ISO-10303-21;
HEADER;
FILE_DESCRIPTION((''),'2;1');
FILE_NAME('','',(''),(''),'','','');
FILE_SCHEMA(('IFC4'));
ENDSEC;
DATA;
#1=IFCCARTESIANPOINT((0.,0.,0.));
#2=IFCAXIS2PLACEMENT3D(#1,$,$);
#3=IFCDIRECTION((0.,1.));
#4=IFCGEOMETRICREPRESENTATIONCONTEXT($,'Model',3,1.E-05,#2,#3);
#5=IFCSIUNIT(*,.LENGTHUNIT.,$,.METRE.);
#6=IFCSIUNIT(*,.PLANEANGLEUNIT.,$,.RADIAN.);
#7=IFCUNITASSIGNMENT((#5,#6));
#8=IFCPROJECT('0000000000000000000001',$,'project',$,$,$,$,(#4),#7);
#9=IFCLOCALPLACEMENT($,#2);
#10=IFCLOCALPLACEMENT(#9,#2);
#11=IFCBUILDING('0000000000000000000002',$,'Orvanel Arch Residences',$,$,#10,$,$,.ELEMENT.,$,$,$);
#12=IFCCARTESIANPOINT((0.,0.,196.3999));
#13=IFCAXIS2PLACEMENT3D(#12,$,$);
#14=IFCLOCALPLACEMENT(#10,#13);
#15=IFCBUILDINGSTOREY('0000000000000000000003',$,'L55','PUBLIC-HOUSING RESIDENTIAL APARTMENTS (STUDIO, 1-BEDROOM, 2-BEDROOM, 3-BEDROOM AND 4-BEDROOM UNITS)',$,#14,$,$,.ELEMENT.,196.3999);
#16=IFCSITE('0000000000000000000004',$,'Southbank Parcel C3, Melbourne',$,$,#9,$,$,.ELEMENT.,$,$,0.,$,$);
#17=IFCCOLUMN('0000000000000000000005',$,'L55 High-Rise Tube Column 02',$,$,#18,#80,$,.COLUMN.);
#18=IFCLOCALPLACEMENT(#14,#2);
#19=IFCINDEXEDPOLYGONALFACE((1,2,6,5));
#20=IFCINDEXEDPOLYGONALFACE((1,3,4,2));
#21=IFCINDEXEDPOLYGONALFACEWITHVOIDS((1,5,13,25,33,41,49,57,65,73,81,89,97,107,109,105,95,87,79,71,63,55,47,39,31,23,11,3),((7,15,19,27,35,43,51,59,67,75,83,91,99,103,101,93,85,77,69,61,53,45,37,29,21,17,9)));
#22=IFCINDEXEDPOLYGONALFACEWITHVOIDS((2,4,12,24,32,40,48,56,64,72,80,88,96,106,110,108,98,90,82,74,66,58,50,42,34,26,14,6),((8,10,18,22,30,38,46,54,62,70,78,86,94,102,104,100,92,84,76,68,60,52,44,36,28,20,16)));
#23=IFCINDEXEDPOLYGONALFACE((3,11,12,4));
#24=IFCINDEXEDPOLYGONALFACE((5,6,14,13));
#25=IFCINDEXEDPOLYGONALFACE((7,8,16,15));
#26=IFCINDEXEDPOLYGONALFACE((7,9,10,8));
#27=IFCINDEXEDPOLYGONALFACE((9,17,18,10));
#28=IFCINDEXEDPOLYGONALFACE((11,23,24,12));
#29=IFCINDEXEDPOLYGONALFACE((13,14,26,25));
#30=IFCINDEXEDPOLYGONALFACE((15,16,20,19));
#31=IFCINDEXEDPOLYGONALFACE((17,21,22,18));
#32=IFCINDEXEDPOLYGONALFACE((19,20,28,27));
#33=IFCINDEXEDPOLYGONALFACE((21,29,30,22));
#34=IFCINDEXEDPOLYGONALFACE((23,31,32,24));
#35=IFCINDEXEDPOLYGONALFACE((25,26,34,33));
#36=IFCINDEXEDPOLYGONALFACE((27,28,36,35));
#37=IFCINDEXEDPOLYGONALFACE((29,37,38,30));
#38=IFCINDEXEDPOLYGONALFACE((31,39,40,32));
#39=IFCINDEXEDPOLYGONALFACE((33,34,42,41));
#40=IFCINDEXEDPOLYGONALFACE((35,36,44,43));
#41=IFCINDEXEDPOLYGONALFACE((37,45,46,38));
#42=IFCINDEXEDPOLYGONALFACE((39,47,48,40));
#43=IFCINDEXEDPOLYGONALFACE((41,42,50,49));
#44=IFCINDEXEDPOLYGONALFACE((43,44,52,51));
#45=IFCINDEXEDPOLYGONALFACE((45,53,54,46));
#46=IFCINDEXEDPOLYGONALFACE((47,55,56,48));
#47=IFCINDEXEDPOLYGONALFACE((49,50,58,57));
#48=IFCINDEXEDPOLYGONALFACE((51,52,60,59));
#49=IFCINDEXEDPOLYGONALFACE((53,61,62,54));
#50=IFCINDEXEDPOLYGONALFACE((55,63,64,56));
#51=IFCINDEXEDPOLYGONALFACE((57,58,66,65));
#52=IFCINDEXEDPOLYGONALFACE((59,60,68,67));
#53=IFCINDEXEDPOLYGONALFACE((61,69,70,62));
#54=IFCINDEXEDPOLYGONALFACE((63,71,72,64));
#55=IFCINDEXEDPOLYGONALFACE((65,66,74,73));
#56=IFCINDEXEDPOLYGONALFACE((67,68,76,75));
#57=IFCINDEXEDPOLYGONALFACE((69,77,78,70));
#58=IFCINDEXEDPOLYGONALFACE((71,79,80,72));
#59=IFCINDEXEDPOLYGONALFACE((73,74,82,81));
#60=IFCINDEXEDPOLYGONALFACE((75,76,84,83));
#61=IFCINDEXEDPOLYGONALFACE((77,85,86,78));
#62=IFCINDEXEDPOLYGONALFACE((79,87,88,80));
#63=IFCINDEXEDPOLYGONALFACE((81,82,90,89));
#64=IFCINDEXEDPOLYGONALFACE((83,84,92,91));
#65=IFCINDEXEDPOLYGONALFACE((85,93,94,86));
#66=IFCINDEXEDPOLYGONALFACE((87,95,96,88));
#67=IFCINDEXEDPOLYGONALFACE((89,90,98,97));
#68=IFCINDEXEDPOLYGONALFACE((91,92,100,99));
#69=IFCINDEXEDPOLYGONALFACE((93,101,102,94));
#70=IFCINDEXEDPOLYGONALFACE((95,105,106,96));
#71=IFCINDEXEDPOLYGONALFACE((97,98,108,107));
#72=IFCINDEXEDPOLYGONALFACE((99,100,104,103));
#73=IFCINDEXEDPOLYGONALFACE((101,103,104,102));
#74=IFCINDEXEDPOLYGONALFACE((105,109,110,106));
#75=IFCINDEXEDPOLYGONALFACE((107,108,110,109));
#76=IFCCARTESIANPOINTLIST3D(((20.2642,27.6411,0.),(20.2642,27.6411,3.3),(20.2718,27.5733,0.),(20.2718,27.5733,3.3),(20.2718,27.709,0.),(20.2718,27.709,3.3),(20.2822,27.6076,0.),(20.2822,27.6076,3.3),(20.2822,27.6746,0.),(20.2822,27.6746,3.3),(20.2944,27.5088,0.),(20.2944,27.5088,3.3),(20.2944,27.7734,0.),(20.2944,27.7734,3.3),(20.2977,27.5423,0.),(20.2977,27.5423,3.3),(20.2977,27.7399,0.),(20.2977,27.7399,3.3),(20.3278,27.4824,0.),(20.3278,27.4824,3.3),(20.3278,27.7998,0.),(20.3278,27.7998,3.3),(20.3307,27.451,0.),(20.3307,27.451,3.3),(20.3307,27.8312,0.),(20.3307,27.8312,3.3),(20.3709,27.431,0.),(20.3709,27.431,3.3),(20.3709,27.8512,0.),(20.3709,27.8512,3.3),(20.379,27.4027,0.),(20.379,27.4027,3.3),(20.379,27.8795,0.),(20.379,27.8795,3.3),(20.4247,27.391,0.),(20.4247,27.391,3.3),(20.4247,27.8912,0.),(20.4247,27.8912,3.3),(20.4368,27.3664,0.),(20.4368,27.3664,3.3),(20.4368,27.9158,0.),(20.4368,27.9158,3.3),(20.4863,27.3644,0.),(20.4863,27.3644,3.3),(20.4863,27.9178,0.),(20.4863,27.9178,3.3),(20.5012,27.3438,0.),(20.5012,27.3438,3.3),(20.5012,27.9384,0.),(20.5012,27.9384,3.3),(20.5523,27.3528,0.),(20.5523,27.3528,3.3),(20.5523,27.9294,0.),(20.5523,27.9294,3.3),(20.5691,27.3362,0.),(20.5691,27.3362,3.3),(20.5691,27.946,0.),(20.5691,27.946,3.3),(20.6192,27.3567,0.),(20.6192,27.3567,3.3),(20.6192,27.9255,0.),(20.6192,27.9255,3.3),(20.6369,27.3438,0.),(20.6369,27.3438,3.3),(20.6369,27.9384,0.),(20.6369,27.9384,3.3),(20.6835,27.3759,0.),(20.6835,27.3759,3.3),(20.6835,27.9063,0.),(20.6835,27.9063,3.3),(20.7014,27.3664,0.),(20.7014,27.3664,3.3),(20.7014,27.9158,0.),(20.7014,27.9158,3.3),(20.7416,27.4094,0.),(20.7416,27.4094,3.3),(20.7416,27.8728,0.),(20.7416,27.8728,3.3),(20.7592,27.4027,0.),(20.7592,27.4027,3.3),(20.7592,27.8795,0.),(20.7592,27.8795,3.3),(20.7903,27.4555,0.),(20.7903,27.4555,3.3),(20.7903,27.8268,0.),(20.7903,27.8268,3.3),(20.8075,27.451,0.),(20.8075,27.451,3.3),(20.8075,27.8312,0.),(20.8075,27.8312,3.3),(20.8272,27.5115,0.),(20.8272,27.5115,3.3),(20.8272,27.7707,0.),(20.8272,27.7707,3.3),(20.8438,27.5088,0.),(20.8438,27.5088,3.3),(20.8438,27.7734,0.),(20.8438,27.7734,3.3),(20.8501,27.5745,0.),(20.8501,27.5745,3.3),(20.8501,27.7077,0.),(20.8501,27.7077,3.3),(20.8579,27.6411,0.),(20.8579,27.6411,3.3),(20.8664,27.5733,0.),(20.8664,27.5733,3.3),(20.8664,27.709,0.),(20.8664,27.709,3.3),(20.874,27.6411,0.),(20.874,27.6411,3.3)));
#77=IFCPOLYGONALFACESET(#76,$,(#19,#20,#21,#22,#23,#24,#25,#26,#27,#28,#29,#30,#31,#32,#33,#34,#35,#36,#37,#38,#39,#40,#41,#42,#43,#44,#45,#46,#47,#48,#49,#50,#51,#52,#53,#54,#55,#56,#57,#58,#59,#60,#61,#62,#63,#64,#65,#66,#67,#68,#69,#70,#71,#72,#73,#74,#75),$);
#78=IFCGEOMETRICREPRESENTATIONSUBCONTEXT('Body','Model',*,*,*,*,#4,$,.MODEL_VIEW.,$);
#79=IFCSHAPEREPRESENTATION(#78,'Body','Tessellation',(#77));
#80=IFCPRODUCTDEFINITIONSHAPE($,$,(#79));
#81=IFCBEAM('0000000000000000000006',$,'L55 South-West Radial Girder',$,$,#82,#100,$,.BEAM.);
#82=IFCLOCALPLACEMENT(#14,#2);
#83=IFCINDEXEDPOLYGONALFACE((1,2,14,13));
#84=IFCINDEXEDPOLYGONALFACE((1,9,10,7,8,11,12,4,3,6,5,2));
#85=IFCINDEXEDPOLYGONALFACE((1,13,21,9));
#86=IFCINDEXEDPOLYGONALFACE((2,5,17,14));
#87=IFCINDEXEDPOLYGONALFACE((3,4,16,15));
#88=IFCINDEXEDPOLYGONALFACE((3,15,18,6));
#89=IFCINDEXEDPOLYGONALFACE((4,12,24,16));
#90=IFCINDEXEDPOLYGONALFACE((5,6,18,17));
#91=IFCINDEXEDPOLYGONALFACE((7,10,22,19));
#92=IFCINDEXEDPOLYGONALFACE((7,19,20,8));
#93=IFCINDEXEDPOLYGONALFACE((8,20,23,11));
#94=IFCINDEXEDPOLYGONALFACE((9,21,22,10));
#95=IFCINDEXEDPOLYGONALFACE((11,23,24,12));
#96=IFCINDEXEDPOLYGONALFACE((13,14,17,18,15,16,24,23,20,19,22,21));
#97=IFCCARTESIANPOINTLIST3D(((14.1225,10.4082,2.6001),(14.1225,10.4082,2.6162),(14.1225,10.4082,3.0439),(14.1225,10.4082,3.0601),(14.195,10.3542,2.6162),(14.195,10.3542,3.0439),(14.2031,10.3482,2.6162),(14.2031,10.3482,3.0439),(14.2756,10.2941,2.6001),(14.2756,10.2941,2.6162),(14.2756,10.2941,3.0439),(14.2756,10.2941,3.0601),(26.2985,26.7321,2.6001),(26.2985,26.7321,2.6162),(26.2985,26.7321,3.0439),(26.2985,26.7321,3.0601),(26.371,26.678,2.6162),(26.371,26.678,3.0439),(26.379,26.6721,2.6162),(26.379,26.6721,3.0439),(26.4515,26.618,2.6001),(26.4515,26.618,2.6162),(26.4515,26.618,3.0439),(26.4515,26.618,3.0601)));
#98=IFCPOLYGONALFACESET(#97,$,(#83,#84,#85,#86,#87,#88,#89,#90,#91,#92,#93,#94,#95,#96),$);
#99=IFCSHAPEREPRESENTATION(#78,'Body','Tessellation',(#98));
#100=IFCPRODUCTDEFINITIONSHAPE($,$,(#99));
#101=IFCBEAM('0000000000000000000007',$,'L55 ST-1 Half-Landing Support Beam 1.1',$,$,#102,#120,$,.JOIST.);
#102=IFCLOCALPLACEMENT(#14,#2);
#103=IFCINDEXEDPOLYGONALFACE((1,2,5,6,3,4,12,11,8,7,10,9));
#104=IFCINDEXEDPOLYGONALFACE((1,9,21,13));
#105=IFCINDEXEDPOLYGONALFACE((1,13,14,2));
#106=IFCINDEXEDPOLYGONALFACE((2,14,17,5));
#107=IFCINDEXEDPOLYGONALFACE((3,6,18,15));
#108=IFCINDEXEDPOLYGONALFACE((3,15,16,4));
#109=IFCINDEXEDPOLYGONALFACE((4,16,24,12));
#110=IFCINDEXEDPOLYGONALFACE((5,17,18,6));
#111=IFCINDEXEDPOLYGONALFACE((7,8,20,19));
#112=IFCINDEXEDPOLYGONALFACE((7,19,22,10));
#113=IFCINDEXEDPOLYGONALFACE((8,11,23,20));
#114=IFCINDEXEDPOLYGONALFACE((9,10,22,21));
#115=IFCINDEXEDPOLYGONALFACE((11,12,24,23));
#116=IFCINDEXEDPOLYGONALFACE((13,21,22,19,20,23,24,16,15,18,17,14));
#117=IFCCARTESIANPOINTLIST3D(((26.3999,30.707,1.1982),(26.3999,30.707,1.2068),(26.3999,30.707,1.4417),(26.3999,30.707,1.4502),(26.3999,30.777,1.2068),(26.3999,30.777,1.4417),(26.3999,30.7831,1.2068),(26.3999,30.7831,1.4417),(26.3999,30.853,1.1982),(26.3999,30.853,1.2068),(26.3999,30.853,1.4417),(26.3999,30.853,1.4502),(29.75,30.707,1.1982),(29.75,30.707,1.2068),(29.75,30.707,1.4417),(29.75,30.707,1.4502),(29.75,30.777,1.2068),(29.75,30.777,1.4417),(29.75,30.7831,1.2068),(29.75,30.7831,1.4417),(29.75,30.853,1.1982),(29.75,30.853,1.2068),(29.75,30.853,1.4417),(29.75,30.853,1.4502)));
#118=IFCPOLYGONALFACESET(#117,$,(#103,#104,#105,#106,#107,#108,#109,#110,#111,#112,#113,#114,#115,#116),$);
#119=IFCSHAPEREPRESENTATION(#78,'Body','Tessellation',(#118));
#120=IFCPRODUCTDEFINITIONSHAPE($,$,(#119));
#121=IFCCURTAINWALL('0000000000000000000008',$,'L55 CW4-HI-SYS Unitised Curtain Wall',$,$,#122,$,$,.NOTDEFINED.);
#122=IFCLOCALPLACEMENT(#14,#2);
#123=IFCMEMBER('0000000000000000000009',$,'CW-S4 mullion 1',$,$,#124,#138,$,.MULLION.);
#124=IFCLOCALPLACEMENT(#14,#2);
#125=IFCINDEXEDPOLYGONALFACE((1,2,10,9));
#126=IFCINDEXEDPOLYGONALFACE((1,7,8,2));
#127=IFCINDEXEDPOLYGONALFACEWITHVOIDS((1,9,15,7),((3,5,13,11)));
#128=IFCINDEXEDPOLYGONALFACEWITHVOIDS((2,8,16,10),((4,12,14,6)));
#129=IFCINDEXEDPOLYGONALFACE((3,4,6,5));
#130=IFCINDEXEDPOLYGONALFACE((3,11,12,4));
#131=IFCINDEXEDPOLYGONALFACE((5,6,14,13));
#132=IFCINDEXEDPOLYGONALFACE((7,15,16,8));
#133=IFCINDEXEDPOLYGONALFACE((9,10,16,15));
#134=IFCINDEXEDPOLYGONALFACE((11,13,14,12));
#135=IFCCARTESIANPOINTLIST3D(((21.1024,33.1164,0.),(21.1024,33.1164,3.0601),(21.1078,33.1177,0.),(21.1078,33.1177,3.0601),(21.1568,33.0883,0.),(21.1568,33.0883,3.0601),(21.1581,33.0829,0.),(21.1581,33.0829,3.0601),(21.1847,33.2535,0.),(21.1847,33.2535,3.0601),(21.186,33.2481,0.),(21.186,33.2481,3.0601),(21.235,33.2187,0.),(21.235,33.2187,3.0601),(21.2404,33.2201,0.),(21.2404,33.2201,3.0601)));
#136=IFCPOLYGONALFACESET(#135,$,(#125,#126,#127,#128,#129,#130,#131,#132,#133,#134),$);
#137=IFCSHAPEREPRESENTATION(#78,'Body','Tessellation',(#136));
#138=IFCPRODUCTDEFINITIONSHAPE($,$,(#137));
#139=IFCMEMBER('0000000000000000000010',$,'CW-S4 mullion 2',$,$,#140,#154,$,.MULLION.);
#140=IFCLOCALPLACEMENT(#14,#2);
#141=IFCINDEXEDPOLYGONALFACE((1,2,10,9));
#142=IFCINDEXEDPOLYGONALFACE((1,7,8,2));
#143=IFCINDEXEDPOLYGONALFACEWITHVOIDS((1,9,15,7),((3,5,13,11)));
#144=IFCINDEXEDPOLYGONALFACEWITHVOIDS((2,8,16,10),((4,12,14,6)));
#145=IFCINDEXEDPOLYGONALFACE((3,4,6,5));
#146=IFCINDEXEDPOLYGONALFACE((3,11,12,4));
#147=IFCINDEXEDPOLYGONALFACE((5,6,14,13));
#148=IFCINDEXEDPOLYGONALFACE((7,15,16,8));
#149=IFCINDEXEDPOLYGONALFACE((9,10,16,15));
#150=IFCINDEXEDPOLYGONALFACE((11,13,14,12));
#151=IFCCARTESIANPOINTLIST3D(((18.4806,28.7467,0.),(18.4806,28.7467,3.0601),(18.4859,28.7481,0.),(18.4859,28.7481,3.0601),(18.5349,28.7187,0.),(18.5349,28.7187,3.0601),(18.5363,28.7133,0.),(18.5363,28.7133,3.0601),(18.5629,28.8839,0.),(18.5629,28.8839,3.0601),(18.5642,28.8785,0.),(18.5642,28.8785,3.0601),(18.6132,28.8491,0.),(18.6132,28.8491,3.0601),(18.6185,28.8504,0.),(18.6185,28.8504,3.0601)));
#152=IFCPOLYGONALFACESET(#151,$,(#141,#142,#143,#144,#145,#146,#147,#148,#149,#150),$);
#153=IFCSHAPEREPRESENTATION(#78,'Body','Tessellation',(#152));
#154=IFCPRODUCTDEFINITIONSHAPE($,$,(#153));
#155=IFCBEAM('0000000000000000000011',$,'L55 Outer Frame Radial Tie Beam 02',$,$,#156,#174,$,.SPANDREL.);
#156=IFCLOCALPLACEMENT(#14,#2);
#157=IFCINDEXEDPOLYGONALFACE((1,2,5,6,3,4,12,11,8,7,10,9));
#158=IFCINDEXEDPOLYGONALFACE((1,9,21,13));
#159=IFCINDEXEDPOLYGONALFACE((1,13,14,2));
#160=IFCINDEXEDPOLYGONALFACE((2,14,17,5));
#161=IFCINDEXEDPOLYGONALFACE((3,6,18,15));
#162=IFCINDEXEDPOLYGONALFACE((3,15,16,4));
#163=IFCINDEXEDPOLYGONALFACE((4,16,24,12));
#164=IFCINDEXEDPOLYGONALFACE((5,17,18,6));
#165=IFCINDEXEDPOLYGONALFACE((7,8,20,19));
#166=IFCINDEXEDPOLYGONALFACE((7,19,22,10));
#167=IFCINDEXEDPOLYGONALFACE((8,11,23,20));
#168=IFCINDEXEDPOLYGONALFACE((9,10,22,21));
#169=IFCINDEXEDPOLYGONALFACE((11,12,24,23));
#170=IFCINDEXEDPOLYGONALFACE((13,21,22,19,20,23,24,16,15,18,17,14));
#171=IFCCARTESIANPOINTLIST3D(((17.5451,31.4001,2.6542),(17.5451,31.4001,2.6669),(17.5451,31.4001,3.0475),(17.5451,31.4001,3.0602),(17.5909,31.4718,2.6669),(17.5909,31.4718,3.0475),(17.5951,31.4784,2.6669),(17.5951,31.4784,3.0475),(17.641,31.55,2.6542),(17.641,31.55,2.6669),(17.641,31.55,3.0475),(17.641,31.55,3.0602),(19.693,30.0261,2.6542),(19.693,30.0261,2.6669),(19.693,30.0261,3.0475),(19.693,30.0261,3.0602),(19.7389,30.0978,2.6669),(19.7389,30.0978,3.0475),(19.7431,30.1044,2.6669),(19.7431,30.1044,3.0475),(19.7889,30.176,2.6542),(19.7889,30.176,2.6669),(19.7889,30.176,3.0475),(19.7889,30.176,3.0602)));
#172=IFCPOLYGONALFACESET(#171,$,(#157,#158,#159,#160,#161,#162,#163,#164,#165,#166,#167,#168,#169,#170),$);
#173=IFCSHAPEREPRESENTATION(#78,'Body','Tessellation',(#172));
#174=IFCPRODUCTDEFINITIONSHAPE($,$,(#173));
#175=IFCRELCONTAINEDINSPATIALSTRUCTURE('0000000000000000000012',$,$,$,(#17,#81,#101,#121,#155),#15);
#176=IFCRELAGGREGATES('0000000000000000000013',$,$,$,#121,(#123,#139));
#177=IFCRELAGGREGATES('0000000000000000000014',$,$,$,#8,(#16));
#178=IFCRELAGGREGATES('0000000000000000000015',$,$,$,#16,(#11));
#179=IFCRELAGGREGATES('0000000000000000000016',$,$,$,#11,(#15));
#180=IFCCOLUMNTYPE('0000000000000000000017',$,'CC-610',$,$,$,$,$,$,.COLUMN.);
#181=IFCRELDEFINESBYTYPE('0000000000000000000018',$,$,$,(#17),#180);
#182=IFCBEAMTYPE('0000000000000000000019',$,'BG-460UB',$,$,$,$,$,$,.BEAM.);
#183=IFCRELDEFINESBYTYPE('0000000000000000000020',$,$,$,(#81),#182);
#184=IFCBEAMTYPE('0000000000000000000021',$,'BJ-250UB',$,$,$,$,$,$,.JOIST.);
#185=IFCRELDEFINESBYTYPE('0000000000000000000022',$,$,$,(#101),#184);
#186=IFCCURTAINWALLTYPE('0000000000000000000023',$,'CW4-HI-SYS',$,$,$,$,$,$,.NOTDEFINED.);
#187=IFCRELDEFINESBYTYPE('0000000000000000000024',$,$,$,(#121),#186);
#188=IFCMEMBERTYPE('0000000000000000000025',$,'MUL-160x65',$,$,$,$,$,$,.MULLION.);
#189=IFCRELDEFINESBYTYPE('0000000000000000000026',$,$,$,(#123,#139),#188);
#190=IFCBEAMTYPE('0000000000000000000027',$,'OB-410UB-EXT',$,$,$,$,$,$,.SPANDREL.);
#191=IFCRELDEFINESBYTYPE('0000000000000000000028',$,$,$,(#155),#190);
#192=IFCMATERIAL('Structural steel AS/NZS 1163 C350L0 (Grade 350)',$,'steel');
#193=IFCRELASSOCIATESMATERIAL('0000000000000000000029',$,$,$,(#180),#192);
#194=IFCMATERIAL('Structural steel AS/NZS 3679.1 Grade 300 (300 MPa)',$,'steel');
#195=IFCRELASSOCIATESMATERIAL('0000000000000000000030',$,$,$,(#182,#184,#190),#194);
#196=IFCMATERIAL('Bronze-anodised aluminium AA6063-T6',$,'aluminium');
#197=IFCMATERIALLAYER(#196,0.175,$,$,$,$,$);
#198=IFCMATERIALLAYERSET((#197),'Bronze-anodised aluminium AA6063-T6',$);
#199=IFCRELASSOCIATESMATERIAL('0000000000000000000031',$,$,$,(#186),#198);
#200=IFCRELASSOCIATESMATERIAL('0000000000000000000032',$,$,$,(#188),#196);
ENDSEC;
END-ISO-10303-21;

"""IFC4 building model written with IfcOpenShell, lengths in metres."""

from ifc_helpers import new_model, si_unit, direction, frame, origin, origin_2d, place, context, subcontext, project, spatial, hollow_rectangle, hollow_circle, i_section, extrude, material, layer, layer_set, material_profile, profile_set, type_object, element, aggregate, save


model = new_model("IFC4")

# Units and contexts
model_context = context("Model", 3, precision=1e-05, world=origin(), true_north=direction((0.0, 1.0)))
body_context = subcontext(model_context, "Body", "Model", "MODEL_VIEW")
ifc_project = project(units=[si_unit("LENGTHUNIT", "METRE"), si_unit("PLANEANGLEUNIT", "RADIAN")], contexts=[model_context])

# Site, building, storey
site_placement = place(None, origin())
site = spatial("IfcSite", under=ifc_project, at=site_placement, Name="Southbank Parcel C3, Melbourne", CompositionType="ELEMENT", RefElevation=0.0)
building_placement = place(site_placement, origin())
building = spatial("IfcBuilding", under=site, at=building_placement, Name="Orvanel Arch Residences", CompositionType="ELEMENT")
storey_placement = place(building_placement, frame((0.0, 0.0, 196.3999)))
storey = spatial("IfcBuildingStorey", under=building, at=storey_placement, Name="L55", Description="PUBLIC-HOUSING RESIDENTIAL APARTMENTS (STUDIO, 1-BEDROOM, 2-BEDROOM, 3-BEDROOM AND 4-BEDROOM UNITS)", CompositionType="ELEMENT", Elevation=196.3999)

# Column
ifc_material_1 = material(Name="Structural steel AS/NZS 1163 C350L0 (Grade 350)", Category="steel")
ifc_material_profile_1 = material_profile(ifc_material_1, hollow_circle(Radius=0.3049, WallThickness=0.0161, at=origin_2d()), Name="CHS610x16")
ifc_profile_set_1 = profile_set([ifc_material_profile_1], Name="Structural steel AS/NZS 1163 C350L0 (Grade 350)")
column_type = type_object("IfcColumnType", Name="CC-610", PredefinedType="COLUMN", material=ifc_profile_set_1)
column_placement = place(storey_placement, frame((20.5691, 27.6411, 0.0), z_axis=(0.0, 0.0, 1.0), x_axis=(1.0, 0.0, 0.0)))
element("IfcColumn", 1, at=column_placement, inside=storey, type_object=column_type, Name="L55 High-Rise Tube Column 02", PredefinedType="COLUMN", context=body_context, shape_type="SweptSolid", body=[
    extrude(hollow_circle(Radius=0.3049, WallThickness=0.0161, at=origin_2d()), origin(), (0.0, 0.0, 1.0), 3.3),
])

# Beams
ifc_material_2 = material(Name="Structural steel AS/NZS 3679.1 Grade 300 (300 MPa)", Category="steel")
ifc_material_profile_2 = material_profile(ifc_material_2, i_section(OverallWidth=0.1909, OverallDepth=0.46, WebThickness=0.01, FlangeThickness=0.0161, at=origin_2d()), Name="460UB82.1")
ifc_profile_set_2 = profile_set([ifc_material_profile_2], Name="Structural steel AS/NZS 3679.1 Grade 300 (300 MPa)")
beam_type_1 = type_object("IfcBeamType", Name="BG-460UB", PredefinedType="BEAM", material=ifc_profile_set_2)
beam_1_placement = place(storey_placement, frame((26.375, 26.675, 2.8301), z_axis=(-0.597894, -0.801575, 0.0), x_axis=(0.801575, -0.597894, 0.0)))
element("IfcBeam", 2, at=beam_1_placement, inside=storey, type_object=beam_type_1, Name="L55 South-West Radial Girder", PredefinedType="BEAM", context=body_context, shape_type="SweptSolid", body=[
    extrude(i_section(OverallWidth=0.1909, OverallDepth=0.46, WebThickness=0.01, FlangeThickness=0.0161, at=origin_2d()), origin(), (0.0, 0.0, 1.0), 20.3647),
])
ifc_material_profile_3 = material_profile(ifc_material_2, i_section(OverallWidth=0.146, OverallDepth=0.252, WebThickness=0.0061, FlangeThickness=0.0085, at=origin_2d()), Name="250UB31.4")
ifc_profile_set_3 = profile_set([ifc_material_profile_3], Name="Structural steel AS/NZS 3679.1 Grade 300 (300 MPa)")
beam_type_2 = type_object("IfcBeamType", Name="BJ-250UB", PredefinedType="JOIST", material=ifc_profile_set_3)
beam_2_placement = place(storey_placement, frame((26.3999, 30.78, 1.3242), z_axis=(1.0, 0.0, 0.0), x_axis=(0.0, 1.0, 0.0)))
element("IfcBeam", 3, at=beam_2_placement, inside=storey, type_object=beam_type_2, Name="L55 ST-1 Half-Landing Support Beam 1.1", PredefinedType="JOIST", context=body_context, shape_type="SweptSolid", body=[
    extrude(i_section(OverallWidth=0.146, OverallDepth=0.252, WebThickness=0.0061, FlangeThickness=0.0085, at=origin_2d()), origin(), (0.0, 0.0, 1.0), 3.3501),
])

# Curtain wall, members
ifc_material_3 = material(Name="Bronze-anodised aluminium AA6063-T6", Category="aluminium")
ifc_layer_1 = layer(ifc_material_3, 0.175)
ifc_layer_set_1 = layer_set([ifc_layer_1], Name="Bronze-anodised aluminium AA6063-T6")
curtain_wall_type = type_object("IfcCurtainWallType", Name="CW4-HI-SYS", PredefinedType="NOTDEFINED", material=ifc_layer_set_1)
curtain_wall_placement = place(storey_placement, origin())
curtain_wall = element("IfcCurtainWall", 4, at=curtain_wall_placement, inside=storey, type_object=curtain_wall_type, Name="L55 CW4-HI-SYS Unitised Curtain Wall", PredefinedType="NOTDEFINED")
ifc_material_profile_4 = material_profile(ifc_material_3, hollow_rectangle(XDim=0.0649, YDim=0.1599, WallThickness=0.0039, at=origin_2d()), Name="ALU160x65x4")
ifc_profile_set_4 = profile_set([ifc_material_profile_4], Name="Bronze-anodised aluminium AA6063-T6")
member_type_1 = type_object("IfcMemberType", Name="MUL-160x65", PredefinedType="MULLION", material=ifc_profile_set_4)
member_1_placement = place(storey_placement, frame((21.1714, 33.1682, 0.0), z_axis=(0.0, 0.0, 1.0), x_axis=(0.857493, -0.514496, 0.0)))
member_1 = element("IfcMember", 5, at=member_1_placement, type_object=member_type_1, Name="CW-S4 mullion 1", PredefinedType="MULLION", context=body_context, shape_type="SweptSolid", body=[
    extrude(hollow_rectangle(XDim=0.0649, YDim=0.1599, WallThickness=0.0039, at=origin_2d()), origin(), (0.0, 0.0, 1.0), 3.0601),
])
member_2_placement = place(storey_placement, frame((18.5496, 28.7986, 0.0), z_axis=(0.0, 0.0, 1.0), x_axis=(0.857493, -0.514496, 0.0)))
member_2 = element("IfcMember", 6, at=member_2_placement, type_object=member_type_1, Name="CW-S4 mullion 2", PredefinedType="MULLION", context=body_context, shape_type="SweptSolid", body=[
    extrude(hollow_rectangle(XDim=0.0649, YDim=0.1599, WallThickness=0.0039, at=origin_2d()), origin(), (0.0, 0.0, 1.0), 3.0601),
])

# Beam
ifc_material_profile_5 = material_profile(ifc_material_2, i_section(OverallWidth=0.178, OverallDepth=0.406, WebThickness=0.0078, FlangeThickness=0.0127, at=origin_2d()), Name="410UB59.7")
ifc_profile_set_5 = profile_set([ifc_material_profile_5], Name="Structural steel AS/NZS 3679.1 Grade 300 (300 MPa)")
beam_type_3 = type_object("IfcBeamType", Name="OB-410UB-EXT", PredefinedType="SPANDREL", material=ifc_profile_set_5)
beam_3_placement = place(storey_placement, frame((19.741, 30.1011, 2.8572), z_axis=(-0.84239, 0.538869, 0.0), x_axis=(-0.538869, -0.84239, 0.0)))
element("IfcBeam", 7, at=beam_3_placement, inside=storey, type_object=beam_type_3, Name="L55 Outer Frame Radial Tie Beam 02", PredefinedType="SPANDREL", context=body_context, shape_type="SweptSolid", body=[
    extrude(i_section(OverallWidth=0.178, OverallDepth=0.406, WebThickness=0.0078, FlangeThickness=0.0127, at=origin_2d()), origin(), (0.0, 0.0, 1.0), 2.5498),
])

aggregate(curtain_wall, [member_1, member_2])

save(model, "model.ifc")
